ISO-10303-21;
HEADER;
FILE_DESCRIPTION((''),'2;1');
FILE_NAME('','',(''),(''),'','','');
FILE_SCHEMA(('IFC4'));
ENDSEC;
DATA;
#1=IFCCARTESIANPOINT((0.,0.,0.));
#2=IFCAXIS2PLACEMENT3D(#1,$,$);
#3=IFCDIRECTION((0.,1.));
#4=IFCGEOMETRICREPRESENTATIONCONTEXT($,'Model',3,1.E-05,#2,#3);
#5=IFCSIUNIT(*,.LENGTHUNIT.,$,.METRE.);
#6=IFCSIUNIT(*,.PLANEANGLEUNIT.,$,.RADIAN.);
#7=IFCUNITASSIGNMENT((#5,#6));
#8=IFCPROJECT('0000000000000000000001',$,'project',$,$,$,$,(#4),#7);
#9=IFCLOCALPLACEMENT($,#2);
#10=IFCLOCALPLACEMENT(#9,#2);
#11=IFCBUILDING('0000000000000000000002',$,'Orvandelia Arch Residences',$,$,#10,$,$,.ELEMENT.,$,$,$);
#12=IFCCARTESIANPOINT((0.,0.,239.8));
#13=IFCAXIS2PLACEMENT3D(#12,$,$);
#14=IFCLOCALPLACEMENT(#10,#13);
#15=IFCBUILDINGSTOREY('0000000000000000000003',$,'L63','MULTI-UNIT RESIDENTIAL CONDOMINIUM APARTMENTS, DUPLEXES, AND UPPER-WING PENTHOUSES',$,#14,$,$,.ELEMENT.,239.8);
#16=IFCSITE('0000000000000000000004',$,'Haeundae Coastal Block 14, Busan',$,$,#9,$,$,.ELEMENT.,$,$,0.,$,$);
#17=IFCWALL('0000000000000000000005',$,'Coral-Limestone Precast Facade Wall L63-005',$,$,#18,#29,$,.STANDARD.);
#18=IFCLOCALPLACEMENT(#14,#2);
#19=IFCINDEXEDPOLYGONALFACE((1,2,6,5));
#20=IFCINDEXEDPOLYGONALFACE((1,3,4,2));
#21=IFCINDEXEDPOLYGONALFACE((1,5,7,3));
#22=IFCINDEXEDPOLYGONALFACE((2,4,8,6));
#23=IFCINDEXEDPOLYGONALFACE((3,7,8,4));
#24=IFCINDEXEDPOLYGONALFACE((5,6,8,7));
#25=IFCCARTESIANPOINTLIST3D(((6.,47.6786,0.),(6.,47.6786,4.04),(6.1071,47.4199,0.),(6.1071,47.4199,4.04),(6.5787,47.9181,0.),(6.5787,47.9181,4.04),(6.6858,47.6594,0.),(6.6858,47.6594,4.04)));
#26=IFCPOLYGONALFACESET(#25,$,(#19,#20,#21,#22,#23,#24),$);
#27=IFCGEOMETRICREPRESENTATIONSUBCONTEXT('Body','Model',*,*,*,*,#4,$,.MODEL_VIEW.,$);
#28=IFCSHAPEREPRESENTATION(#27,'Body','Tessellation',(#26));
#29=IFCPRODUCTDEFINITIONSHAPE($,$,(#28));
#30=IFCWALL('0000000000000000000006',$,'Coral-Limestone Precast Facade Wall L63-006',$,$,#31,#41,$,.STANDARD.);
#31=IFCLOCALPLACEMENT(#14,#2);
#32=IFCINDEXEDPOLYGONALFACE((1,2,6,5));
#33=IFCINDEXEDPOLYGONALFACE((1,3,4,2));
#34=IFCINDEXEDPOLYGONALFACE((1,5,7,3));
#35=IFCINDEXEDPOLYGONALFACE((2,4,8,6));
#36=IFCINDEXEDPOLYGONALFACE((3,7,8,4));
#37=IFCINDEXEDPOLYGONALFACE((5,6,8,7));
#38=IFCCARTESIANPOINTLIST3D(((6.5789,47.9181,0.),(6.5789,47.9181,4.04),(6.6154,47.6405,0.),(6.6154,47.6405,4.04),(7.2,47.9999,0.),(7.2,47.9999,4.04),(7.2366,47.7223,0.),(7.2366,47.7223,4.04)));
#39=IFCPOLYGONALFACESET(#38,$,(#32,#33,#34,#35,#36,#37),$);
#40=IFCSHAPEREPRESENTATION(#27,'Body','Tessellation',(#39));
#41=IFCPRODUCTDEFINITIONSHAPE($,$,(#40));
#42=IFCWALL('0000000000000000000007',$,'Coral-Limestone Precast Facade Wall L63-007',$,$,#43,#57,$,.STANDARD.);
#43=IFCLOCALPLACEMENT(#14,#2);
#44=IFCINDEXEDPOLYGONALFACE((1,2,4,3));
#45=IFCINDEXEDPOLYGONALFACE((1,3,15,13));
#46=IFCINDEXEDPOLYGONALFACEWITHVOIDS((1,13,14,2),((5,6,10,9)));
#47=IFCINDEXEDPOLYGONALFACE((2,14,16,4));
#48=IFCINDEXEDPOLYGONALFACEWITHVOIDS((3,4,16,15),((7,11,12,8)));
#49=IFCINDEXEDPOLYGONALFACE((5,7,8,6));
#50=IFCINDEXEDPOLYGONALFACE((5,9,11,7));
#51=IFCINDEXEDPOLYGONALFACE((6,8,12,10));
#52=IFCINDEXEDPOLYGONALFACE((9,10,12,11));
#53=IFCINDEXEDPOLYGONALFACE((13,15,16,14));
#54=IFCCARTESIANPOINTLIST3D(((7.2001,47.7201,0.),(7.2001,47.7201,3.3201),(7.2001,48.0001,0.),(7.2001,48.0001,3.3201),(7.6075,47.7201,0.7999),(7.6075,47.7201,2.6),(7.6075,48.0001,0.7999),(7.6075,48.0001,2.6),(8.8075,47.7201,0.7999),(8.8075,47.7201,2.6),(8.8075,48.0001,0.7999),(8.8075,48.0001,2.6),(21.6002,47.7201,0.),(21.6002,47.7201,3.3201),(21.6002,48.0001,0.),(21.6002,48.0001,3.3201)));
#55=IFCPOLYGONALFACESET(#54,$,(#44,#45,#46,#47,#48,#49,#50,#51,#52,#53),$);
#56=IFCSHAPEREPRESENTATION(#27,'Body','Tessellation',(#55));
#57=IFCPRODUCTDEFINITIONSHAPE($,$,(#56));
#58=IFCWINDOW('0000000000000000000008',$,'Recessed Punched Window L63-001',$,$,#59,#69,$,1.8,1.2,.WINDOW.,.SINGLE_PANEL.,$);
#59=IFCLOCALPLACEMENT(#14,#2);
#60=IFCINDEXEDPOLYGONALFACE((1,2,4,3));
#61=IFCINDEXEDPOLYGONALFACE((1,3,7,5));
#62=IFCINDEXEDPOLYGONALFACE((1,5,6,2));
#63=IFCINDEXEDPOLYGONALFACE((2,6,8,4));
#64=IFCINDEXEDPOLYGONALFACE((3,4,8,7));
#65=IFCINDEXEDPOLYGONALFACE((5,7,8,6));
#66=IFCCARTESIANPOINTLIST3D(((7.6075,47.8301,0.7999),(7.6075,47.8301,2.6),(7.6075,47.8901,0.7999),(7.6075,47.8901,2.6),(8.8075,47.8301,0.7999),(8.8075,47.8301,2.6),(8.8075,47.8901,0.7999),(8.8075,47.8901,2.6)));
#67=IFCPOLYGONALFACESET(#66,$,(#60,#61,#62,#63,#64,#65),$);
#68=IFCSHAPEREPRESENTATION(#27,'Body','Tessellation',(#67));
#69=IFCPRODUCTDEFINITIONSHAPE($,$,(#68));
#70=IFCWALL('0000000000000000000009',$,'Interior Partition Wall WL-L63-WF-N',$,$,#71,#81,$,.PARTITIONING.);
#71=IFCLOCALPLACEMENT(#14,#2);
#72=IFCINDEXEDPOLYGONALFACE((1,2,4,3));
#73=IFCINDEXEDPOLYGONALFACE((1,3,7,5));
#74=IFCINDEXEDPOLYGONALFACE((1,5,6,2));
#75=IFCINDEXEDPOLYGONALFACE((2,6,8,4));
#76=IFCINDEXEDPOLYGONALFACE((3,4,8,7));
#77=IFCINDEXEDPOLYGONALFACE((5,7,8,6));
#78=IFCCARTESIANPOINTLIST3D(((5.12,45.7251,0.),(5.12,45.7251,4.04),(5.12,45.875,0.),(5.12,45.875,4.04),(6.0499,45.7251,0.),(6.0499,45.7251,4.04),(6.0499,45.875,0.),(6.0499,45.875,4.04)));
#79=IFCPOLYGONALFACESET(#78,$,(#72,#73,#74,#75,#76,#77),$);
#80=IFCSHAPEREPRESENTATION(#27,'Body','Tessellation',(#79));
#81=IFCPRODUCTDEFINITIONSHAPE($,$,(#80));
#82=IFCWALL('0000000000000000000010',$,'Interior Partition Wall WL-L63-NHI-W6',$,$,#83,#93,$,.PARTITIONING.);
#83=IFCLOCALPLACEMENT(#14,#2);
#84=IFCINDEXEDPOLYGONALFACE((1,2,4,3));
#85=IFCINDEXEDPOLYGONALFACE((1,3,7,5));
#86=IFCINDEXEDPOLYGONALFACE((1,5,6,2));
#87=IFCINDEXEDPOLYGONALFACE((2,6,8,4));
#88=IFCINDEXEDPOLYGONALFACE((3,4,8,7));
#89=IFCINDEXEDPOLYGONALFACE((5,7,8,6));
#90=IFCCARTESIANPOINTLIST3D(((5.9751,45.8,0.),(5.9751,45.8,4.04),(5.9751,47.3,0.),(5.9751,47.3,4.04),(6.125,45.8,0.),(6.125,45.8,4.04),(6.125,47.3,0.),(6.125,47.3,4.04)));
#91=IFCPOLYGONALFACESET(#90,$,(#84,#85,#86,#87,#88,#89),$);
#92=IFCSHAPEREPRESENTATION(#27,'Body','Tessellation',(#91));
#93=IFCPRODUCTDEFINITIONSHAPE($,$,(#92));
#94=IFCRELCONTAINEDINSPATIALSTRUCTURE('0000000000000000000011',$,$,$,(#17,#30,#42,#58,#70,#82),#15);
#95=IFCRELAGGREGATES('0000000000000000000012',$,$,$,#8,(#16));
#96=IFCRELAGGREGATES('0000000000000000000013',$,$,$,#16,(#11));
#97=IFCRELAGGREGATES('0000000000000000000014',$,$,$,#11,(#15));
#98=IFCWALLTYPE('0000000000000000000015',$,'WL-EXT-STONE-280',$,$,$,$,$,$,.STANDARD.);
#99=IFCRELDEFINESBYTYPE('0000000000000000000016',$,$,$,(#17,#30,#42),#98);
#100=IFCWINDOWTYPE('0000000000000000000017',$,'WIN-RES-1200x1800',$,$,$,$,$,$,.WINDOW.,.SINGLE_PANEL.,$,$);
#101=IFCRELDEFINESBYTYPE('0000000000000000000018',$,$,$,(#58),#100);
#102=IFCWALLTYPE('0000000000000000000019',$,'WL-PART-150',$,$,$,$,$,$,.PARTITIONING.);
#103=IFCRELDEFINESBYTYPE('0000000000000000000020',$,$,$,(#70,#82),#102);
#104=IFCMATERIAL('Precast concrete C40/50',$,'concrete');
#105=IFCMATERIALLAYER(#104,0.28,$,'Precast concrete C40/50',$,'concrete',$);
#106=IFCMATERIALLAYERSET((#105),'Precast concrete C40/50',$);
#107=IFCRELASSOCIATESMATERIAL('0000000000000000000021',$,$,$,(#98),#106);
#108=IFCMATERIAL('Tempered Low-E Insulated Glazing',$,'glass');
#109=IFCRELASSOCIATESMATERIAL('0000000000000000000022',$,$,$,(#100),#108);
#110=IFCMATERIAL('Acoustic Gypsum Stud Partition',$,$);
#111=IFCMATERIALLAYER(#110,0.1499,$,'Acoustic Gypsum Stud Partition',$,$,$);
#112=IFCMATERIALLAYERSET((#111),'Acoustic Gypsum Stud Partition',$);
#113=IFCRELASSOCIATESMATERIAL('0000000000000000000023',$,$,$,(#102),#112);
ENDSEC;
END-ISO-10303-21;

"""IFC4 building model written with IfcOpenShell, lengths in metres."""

from ifc_helpers import new_model, si_unit, direction, frame, frame_2d, origin, place, context, subcontext, project, spatial, rectangle, extrude, material, layer, layer_set, type_object, element, fill, save


model = new_model("IFC4")

# Units and contexts
model_context = context("Model", 3, precision=1e-05, world=origin(), true_north=direction((0.0, 1.0)))
body_context = subcontext(model_context, "Body", "Model", "MODEL_VIEW")
ifc_project = project(units=[si_unit("LENGTHUNIT", "METRE"), si_unit("PLANEANGLEUNIT", "RADIAN")], contexts=[model_context])

# Site, building, storey
site_placement = place(None, origin())
site = spatial("IfcSite", under=ifc_project, at=site_placement, Name="Haeundae Coastal Block 14, Busan", CompositionType="ELEMENT", RefElevation=0.0)
building_placement = place(site_placement, origin())
building = spatial("IfcBuilding", under=site, at=building_placement, Name="Orvandelia Arch Residences", CompositionType="ELEMENT")
storey_placement = place(building_placement, frame((0.0, 0.0, 239.8)))
storey = spatial("IfcBuildingStorey", under=building, at=storey_placement, Name="L63", Description="MULTI-UNIT RESIDENTIAL CONDOMINIUM APARTMENTS, DUPLEXES, AND UPPER-WING PENTHOUSES", CompositionType="ELEMENT", Elevation=239.8)

# Walls
ifc_material_1 = material(Name="Precast concrete C40/50", Category="concrete")
ifc_layer_1 = layer(ifc_material_1, 0.28, Name="Precast concrete C40/50", Category="concrete")
ifc_layer_set_1 = layer_set([ifc_layer_1], Name="Precast concrete C40/50")
wall_type_1 = type_object("IfcWallType", Name="WL-EXT-STONE-280", PredefinedType="STANDARD", material=ifc_layer_set_1)
wall_1_placement = place(storey_placement, frame((6.0537, 47.5493, 0.0), z_axis=(0.0, 0.0, 1.0), x_axis=(0.923974, 0.382455, 0.0)))
element("IfcWall", 1, at=wall_1_placement, inside=storey, type_object=wall_type_1, Name="Coral-Limestone Precast Facade Wall L63-005", PredefinedType="STANDARD", context=body_context, shape_type="SweptSolid", body=[
    extrude(rectangle(XDim=0.6262, YDim=0.28, at=frame_2d((0.313, 0.0))), origin(), (0.0, 0.0, 1.0), 4.04),
])
wall_2_placement = place(storey_placement, frame((6.5972, 47.7793, 0.0), z_axis=(0.0, 0.0, 1.0), x_axis=(0.991441, 0.130555, 0.0)))
element("IfcWall", 2, at=wall_2_placement, inside=storey, type_object=wall_type_1, Name="Coral-Limestone Precast Facade Wall L63-006", PredefinedType="STANDARD", context=body_context, shape_type="SweptSolid", body=[
    extrude(rectangle(XDim=0.6265, YDim=0.28, at=frame_2d((0.3132, 0.0))), origin(), (0.0, 0.0, 1.0), 4.04),
])

# Wall, opening, window
wall_3_placement = place(storey_placement, frame((7.2, 47.8601, 0.0), z_axis=(0.0, 0.0, 1.0), x_axis=(1.0, 0.0, 0.0)))
wall_3 = element("IfcWall", 3, at=wall_3_placement, inside=storey, type_object=wall_type_1, Name="Coral-Limestone Precast Facade Wall L63-007", PredefinedType="STANDARD", context=body_context, shape_type="SweptSolid", body=[
    extrude(rectangle(XDim=14.4001, YDim=0.28, at=frame_2d((7.2002, 0.0))), origin(), (0.0, 0.0, 1.0), 3.3201),
])
opening_1_placement = place(wall_3_placement, frame((0.4075, 0.0, 0.8)))
opening_1 = element("IfcOpeningElement", 4, at=opening_1_placement, cuts=wall_3, PredefinedType="OPENING", context=body_context, shape_type="SweptSolid", body=[
    extrude(rectangle(XDim=1.2, YDim=1.8, at=frame_2d((0.6001, 0.8999))), frame((0.0, 0.1499, 0.0), z_axis=(0.0, -1.0, 0.0), x_axis=(1.0, 0.0, 0.0)), (0.0, 0.0, 1.0), 0.3),
])
ifc_material_2 = material(Name="Tempered Low-E Insulated Glazing", Category="glass")
window_type = type_object("IfcWindowType", Name="WIN-RES-1200x1800", PartitioningType="SINGLE_PANEL", PredefinedType="WINDOW", material=ifc_material_2)
window_placement = place(opening_1_placement, origin())
window = element("IfcWindow", 5, at=window_placement, inside=storey, type_object=window_type, Name="Recessed Punched Window L63-001", OverallHeight=1.8, OverallWidth=1.2, PartitioningType="SINGLE_PANEL", PredefinedType="WINDOW", context=body_context, shape_type="SweptSolid", body=[
    extrude(rectangle(XDim=1.2, YDim=1.8, at=frame_2d((0.6001, 0.8999))), frame((0.0, 0.03, 0.0), z_axis=(0.0, -1.0, 0.0), x_axis=(1.0, 0.0, 0.0)), (0.0, 0.0, 1.0), 0.0601),
])
fill(opening_1, window)

# Walls
ifc_material_3 = material(Name="Acoustic Gypsum Stud Partition")
ifc_layer_2 = layer(ifc_material_3, 0.1499, Name="Acoustic Gypsum Stud Partition")
ifc_layer_set_2 = layer_set([ifc_layer_2], Name="Acoustic Gypsum Stud Partition")
wall_type_2 = type_object("IfcWallType", Name="WL-PART-150", PredefinedType="PARTITIONING", material=ifc_layer_set_2)
wall_4_placement = place(storey_placement, frame((5.1201, 45.8, 0.0), z_axis=(0.0, 0.0, 1.0), x_axis=(1.0, 0.0, 0.0)))
element("IfcWall", 6, at=wall_4_placement, inside=storey, type_object=wall_type_2, Name="Interior Partition Wall WL-L63-WF-N", PredefinedType="PARTITIONING", context=body_context, shape_type="SweptSolid", body=[
    extrude(rectangle(XDim=0.9299, YDim=0.1499, at=frame_2d((0.4648, 0.0))), origin(), (0.0, 0.0, 1.0), 4.04),
])
wall_5_placement = place(storey_placement, frame((6.05, 45.8, 0.0), z_axis=(0.0, 0.0, 1.0), x_axis=(0.0, 1.0, 0.0)))
element("IfcWall", 7, at=wall_5_placement, inside=storey, type_object=wall_type_2, Name="Interior Partition Wall WL-L63-NHI-W6", PredefinedType="PARTITIONING", context=body_context, shape_type="SweptSolid", body=[
    extrude(rectangle(XDim=1.5, YDim=0.1499, at=frame_2d((0.75, 0.0))), origin(), (0.0, 0.0, 1.0), 4.04),
])

save(model, "model.ifc")
